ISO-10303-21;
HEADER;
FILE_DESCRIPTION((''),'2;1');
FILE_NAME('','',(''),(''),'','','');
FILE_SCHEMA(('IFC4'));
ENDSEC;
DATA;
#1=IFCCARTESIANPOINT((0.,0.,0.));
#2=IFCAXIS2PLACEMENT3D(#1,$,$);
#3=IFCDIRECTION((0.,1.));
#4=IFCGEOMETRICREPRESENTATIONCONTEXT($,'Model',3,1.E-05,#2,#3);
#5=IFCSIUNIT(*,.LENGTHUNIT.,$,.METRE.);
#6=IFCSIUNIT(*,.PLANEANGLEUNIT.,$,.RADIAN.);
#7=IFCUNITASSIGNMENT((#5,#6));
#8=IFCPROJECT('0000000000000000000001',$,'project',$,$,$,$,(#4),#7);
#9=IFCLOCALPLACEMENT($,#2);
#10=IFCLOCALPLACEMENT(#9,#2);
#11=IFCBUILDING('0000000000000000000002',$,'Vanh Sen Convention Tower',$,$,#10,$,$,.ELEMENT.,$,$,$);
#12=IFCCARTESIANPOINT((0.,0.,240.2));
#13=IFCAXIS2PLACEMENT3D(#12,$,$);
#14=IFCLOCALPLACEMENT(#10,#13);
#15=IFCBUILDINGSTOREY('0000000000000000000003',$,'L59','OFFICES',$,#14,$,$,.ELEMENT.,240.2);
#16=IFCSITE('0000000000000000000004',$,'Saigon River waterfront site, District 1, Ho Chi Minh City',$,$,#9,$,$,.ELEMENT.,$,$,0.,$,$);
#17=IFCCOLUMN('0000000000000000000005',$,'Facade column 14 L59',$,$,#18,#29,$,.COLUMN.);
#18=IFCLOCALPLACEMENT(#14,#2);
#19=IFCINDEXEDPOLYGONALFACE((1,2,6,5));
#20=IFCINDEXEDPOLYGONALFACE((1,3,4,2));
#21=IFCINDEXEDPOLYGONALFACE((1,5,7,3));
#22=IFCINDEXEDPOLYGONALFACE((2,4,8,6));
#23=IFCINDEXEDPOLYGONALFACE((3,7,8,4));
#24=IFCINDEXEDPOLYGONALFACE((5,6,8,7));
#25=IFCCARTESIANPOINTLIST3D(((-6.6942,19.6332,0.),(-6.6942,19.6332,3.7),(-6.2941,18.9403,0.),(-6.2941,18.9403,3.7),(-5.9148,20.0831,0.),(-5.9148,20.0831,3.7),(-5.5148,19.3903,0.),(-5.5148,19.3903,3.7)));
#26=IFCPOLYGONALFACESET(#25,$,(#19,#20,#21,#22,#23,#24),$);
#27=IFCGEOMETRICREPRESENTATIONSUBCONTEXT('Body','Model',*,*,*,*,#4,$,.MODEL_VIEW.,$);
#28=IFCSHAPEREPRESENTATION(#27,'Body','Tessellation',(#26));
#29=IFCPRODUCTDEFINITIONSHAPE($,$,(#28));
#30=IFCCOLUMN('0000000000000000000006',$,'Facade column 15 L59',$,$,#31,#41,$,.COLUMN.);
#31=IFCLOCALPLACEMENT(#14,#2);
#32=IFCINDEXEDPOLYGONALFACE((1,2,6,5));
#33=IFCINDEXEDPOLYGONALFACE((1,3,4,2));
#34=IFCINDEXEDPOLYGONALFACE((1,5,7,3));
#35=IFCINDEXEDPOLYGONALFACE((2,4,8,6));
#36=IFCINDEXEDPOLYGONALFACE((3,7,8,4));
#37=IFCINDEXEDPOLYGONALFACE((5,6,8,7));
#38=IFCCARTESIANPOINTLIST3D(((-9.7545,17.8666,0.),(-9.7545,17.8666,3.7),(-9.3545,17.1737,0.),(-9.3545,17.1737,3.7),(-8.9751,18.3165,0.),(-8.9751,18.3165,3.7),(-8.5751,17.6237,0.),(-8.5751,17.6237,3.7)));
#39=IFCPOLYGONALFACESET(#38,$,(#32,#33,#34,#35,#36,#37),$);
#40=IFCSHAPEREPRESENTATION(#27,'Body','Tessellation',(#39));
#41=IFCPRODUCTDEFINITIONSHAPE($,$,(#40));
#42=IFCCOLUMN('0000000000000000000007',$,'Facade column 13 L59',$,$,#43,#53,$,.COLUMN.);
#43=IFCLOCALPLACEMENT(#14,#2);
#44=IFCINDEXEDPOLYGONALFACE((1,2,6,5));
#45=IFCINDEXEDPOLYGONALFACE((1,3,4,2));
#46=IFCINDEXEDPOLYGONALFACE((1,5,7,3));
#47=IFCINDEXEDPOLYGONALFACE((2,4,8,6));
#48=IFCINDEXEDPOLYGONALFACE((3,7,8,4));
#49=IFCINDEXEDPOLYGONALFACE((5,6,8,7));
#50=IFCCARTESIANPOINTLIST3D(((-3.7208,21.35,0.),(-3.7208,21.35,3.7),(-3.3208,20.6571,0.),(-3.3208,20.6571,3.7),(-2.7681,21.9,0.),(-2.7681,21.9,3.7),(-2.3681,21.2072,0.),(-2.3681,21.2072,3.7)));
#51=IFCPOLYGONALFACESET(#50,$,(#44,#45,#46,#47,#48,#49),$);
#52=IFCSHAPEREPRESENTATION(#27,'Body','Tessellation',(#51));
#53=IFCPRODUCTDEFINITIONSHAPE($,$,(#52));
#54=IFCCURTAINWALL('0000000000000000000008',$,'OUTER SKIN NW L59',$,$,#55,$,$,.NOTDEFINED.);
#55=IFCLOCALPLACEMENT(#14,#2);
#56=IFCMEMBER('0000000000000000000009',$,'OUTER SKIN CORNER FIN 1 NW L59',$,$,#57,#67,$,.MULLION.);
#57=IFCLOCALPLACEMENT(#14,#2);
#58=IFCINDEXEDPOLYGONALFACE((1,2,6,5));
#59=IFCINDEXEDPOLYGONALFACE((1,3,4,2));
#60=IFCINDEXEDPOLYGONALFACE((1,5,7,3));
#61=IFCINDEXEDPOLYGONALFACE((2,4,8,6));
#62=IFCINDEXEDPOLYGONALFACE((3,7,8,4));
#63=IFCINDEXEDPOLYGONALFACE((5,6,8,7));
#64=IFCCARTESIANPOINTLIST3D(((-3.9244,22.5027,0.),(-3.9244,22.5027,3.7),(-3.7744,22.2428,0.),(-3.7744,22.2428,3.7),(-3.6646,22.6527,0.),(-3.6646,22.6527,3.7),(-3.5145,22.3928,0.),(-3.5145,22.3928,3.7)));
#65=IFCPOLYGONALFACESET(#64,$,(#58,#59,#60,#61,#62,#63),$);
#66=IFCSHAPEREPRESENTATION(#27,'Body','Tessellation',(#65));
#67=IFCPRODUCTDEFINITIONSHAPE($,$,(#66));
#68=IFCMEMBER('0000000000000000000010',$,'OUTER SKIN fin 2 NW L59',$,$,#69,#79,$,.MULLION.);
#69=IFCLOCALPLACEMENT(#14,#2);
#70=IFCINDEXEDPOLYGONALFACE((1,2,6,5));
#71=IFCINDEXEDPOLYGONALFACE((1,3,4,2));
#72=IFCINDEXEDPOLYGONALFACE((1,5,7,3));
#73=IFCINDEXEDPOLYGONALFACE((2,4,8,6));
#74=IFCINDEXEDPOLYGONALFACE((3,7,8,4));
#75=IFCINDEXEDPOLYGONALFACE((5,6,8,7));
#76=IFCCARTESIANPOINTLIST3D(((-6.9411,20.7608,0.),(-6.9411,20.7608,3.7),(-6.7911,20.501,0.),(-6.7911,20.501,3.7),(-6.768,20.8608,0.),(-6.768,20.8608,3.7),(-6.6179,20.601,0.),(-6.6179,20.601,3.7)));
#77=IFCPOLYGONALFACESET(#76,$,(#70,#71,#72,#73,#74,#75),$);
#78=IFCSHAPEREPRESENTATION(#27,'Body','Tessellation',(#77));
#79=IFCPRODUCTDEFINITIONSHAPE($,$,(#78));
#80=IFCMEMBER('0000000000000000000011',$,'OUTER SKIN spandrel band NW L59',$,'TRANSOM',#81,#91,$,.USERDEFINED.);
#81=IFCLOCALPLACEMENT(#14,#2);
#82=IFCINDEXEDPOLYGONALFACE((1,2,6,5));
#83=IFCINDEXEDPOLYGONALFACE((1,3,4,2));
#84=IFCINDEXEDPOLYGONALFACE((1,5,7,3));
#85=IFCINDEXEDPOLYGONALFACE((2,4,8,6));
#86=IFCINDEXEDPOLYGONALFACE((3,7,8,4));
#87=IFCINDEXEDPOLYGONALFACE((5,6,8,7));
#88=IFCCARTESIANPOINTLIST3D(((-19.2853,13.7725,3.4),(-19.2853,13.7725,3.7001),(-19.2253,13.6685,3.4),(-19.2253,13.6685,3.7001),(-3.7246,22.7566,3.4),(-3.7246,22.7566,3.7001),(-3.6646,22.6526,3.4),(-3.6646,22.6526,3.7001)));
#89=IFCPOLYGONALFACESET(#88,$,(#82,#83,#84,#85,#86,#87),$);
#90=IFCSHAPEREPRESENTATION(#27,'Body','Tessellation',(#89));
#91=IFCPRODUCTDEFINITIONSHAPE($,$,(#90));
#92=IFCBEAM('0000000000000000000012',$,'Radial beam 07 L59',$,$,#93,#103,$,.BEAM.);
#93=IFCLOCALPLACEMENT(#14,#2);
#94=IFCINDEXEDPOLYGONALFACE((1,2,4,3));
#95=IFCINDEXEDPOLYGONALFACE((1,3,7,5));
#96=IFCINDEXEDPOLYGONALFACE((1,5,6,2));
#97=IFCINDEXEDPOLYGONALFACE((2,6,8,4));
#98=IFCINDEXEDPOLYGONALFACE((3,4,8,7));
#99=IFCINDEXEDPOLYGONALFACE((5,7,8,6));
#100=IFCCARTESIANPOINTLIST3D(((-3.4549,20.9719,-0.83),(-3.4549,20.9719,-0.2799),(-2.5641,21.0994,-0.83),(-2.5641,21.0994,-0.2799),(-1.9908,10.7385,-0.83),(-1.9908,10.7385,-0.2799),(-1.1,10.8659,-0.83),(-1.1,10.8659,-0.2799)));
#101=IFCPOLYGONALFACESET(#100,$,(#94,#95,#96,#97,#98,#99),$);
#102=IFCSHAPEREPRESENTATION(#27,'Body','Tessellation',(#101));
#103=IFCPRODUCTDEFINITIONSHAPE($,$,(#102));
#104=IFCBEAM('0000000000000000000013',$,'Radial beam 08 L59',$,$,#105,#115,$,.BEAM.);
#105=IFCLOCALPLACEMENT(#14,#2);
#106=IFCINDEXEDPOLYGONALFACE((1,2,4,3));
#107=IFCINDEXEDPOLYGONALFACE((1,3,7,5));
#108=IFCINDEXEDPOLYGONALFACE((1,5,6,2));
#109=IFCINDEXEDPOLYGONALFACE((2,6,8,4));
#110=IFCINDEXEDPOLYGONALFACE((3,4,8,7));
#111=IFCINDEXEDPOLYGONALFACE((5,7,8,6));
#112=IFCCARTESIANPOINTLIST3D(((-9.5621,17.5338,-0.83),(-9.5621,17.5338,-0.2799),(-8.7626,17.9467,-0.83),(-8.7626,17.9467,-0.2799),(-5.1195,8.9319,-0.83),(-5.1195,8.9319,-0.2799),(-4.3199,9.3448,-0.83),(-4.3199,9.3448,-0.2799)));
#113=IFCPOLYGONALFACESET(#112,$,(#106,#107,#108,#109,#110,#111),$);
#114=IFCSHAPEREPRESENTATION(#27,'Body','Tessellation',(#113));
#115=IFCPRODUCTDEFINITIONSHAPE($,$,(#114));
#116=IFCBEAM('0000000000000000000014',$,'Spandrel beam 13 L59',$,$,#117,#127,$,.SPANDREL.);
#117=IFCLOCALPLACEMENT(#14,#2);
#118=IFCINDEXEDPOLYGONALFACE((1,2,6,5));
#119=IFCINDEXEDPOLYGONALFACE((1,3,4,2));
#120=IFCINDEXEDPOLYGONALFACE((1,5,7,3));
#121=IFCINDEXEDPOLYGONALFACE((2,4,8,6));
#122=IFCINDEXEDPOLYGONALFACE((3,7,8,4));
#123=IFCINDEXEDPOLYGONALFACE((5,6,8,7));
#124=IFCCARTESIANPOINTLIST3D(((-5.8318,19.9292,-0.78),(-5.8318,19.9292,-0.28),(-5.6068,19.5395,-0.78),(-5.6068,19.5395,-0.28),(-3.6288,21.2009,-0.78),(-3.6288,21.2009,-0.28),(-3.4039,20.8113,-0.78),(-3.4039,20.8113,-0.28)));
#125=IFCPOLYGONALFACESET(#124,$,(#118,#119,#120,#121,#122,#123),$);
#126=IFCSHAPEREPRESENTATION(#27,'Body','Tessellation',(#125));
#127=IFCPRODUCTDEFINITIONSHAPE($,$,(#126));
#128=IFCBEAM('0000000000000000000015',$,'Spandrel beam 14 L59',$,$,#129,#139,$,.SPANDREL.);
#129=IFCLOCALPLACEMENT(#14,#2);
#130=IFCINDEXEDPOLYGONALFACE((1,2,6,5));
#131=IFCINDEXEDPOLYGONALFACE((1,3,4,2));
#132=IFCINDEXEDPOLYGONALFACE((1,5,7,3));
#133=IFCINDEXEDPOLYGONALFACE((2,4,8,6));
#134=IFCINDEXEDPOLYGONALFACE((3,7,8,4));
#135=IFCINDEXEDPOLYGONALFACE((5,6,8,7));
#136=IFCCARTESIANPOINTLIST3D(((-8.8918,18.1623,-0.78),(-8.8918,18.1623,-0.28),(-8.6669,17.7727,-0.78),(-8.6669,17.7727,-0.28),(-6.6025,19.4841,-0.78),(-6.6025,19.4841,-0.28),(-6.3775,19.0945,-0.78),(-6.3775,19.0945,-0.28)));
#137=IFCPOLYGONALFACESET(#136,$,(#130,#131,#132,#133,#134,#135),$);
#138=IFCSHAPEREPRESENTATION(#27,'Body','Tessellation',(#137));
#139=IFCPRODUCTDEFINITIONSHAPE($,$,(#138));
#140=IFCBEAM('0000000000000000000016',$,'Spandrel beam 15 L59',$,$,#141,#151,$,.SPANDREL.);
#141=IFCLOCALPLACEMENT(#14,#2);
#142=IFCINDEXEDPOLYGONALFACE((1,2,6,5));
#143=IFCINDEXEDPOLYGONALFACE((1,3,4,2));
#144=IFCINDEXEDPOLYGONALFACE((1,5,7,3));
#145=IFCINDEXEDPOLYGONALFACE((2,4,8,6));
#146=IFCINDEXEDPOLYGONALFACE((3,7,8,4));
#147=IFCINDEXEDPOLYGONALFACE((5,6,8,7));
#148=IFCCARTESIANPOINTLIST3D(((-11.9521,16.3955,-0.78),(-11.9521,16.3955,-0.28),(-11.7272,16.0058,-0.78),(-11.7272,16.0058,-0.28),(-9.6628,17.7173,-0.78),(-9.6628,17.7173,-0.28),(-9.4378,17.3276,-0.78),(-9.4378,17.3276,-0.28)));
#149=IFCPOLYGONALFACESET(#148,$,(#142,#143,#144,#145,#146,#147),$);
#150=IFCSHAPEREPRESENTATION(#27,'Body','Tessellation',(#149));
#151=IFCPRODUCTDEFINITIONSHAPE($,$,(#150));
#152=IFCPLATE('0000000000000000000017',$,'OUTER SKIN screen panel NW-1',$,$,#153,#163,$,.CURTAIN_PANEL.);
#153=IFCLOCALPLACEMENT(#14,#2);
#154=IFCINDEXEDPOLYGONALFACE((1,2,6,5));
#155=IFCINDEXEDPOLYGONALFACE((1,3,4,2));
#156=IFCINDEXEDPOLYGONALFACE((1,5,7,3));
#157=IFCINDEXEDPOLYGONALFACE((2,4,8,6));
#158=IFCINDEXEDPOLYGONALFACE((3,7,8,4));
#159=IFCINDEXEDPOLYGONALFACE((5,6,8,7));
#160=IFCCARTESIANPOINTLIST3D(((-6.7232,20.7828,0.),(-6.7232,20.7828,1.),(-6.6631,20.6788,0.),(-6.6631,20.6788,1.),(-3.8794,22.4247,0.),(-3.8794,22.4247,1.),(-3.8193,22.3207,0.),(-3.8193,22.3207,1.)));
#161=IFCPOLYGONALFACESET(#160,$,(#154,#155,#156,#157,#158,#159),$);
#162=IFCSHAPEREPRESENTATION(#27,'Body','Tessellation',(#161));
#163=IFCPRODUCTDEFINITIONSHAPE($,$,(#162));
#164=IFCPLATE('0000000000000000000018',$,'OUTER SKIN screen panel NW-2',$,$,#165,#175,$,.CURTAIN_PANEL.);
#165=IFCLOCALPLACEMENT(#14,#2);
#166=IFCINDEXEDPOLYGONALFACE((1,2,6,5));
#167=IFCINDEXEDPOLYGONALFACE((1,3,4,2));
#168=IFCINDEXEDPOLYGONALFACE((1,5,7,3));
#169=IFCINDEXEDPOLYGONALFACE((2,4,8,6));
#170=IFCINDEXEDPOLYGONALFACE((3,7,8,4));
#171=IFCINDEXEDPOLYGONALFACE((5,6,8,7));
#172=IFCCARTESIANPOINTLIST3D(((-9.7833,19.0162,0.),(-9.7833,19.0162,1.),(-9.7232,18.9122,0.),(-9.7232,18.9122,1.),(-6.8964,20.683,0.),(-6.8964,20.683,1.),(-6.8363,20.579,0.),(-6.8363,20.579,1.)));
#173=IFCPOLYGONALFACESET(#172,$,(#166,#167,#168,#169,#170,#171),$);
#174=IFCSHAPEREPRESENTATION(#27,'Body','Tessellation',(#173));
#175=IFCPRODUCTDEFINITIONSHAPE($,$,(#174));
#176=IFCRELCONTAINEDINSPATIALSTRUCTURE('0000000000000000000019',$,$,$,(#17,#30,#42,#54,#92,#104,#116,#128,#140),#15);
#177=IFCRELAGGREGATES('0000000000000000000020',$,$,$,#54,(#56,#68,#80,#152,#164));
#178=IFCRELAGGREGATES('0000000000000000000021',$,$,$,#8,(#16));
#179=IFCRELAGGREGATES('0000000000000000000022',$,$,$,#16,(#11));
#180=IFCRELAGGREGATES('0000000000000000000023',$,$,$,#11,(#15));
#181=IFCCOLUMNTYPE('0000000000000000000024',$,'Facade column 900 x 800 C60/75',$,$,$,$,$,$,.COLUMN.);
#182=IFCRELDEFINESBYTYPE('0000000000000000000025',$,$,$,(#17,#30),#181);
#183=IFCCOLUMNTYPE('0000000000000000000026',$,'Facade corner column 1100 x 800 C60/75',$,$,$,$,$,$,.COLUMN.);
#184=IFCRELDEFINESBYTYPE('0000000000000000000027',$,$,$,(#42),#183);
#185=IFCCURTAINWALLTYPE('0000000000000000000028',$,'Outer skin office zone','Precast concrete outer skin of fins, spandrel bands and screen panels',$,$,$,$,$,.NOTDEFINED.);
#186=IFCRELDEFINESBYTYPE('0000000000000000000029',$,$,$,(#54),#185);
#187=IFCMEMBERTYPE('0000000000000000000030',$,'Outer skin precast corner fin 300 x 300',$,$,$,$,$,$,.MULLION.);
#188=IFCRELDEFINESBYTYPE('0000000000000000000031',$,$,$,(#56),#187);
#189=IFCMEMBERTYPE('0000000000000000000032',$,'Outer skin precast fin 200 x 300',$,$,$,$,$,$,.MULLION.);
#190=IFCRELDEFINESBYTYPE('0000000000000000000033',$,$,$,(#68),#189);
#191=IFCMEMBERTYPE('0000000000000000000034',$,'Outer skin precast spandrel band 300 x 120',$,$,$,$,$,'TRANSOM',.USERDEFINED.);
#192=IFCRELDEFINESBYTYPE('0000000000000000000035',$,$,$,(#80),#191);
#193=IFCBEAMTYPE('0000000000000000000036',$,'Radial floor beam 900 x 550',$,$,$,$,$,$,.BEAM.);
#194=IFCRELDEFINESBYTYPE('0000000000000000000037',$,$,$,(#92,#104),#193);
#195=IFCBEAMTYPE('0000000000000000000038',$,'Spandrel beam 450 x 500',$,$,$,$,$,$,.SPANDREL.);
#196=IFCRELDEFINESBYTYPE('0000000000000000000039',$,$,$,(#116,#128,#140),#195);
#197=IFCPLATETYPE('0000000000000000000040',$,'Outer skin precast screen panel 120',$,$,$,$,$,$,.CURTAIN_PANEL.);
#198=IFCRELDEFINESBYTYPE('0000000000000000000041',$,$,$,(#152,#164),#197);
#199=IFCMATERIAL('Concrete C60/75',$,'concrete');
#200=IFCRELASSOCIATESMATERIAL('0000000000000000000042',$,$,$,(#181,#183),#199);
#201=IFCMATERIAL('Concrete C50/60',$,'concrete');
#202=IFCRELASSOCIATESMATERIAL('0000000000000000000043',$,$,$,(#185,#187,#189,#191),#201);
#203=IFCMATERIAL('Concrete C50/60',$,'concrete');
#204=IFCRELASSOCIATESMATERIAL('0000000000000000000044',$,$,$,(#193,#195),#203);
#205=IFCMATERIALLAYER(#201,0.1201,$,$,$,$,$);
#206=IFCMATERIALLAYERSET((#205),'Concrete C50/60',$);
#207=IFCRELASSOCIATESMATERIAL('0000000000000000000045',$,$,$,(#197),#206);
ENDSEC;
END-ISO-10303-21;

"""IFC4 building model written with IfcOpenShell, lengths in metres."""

from ifc_helpers import new_model, si_unit, direction, frame, origin, origin_2d, place, context, subcontext, project, spatial, rectangle, extrude, material, layer, layer_set, material_profile, profile_set, type_object, element, aggregate, save


model = new_model("IFC4")

# Units and contexts
model_context = context("Model", 3, precision=1e-05, world=origin(), true_north=direction((0.0, 1.0)))
body_context = subcontext(model_context, "Body", "Model", "MODEL_VIEW")
ifc_project = project(units=[si_unit("LENGTHUNIT", "METRE"), si_unit("PLANEANGLEUNIT", "RADIAN")], contexts=[model_context])

# Site, building, storey
site_placement = place(None, origin())
site = spatial("IfcSite", under=ifc_project, at=site_placement, Name="Saigon River waterfront site, District 1, Ho Chi Minh City", CompositionType="ELEMENT", RefElevation=0.0)
building_placement = place(site_placement, origin())
building = spatial("IfcBuilding", under=site, at=building_placement, Name="Vanh Sen Convention Tower", CompositionType="ELEMENT")
storey_placement = place(building_placement, frame((0.0, 0.0, 240.2)))
storey = spatial("IfcBuildingStorey", under=building, at=storey_placement, Name="L59", Description="OFFICES", CompositionType="ELEMENT", Elevation=240.2)

# Columns
ifc_material_1 = material(Name="Concrete C60/75", Category="concrete")
ifc_material_profile_1 = material_profile(ifc_material_1, rectangle(XDim=0.8999, YDim=0.8, at=origin_2d()), Name="RC 900X800")
ifc_profile_set_1 = profile_set([ifc_material_profile_1], Name="Concrete C60/75")
column_type_1 = type_object("IfcColumnType", Name="Facade column 900 x 800 C60/75", PredefinedType="COLUMN", material=ifc_profile_set_1)
for number, where, z_axis, x_axis, name in (
    (1, (-6.1045, 19.5117, 0.0), (0.0, 0.0, 1.0), (-0.866025, -0.5, 0.0), "Facade column 14 L59"),
    (2, (-9.1648, 17.7451, 0.0), (0.0, 0.0, 1.0), (-0.866025, -0.5, 0.0), "Facade column 15 L59"),
):
    element("IfcColumn", number, at=place(storey_placement, frame(where, z_axis=z_axis, x_axis=x_axis)), inside=storey, type_object=column_type_1, Name=name, PredefinedType="COLUMN", context=body_context, shape_type="SweptSolid", body=[
        extrude(rectangle(XDim=0.8999, YDim=0.8, at=origin_2d()), origin(), (0.0, 0.0, 1.0), 3.7),
    ])
ifc_material_profile_2 = material_profile(ifc_material_1, rectangle(XDim=1.1001, YDim=0.8, at=origin_2d()), Name="RC 1100X800")
ifc_profile_set_2 = profile_set([ifc_material_profile_2], Name="Concrete C60/75")
column_type_2 = type_object("IfcColumnType", Name="Facade corner column 1100 x 800 C60/75", PredefinedType="COLUMN", material=ifc_profile_set_2)
column_placement = place(storey_placement, frame((-3.0444, 21.2786, 0.0), z_axis=(0.0, 0.0, 1.0), x_axis=(-0.866025, -0.5, 0.0)))
element("IfcColumn", 3, at=column_placement, inside=storey, type_object=column_type_2, Name="Facade column 13 L59", PredefinedType="COLUMN", context=body_context, shape_type="SweptSolid", body=[
    extrude(rectangle(XDim=1.1001, YDim=0.8, at=origin_2d()), origin(), (0.0, 0.0, 1.0), 3.7),
])

# Curtain wall, members
ifc_material_2 = material(Name="Concrete C50/60", Category="concrete")
curtain_wall_type = type_object("IfcCurtainWallType", Name="Outer skin office zone", Description="Precast concrete outer skin of fins, spandrel bands and screen panels", PredefinedType="NOTDEFINED", material=ifc_material_2)
curtain_wall_placement = place(storey_placement, origin())
curtain_wall = element("IfcCurtainWall", 4, at=curtain_wall_placement, inside=storey, type_object=curtain_wall_type, Name="OUTER SKIN NW L59", PredefinedType="NOTDEFINED")
ifc_material_profile_3 = material_profile(ifc_material_2, rectangle(XDim=0.3, YDim=0.3, at=origin_2d()), Name="Outer skin precast corner fin 300 x 300")
ifc_profile_set_3 = profile_set([ifc_material_profile_3], Name="Concrete C50/60")
member_type_1 = type_object("IfcMemberType", Name="Outer skin precast corner fin 300 x 300", PredefinedType="MULLION", material=ifc_profile_set_3)
member_1_placement = place(storey_placement, frame((-3.7195, 22.4478, 0.0), z_axis=(0.0, 0.0, 1.0), x_axis=(-0.866025, -0.5, 0.0)))
member_1 = element("IfcMember", 5, at=member_1_placement, type_object=member_type_1, Name="OUTER SKIN CORNER FIN 1 NW L59", PredefinedType="MULLION", context=body_context, shape_type="SweptSolid", body=[
    extrude(rectangle(XDim=0.3, YDim=0.3, at=origin_2d()), origin(), (0.0, 0.0, 1.0), 3.7),
])
ifc_material_profile_4 = material_profile(ifc_material_2, rectangle(XDim=0.2, YDim=0.3, at=origin_2d()), Name="Outer skin precast fin 200 x 300")
ifc_profile_set_4 = profile_set([ifc_material_profile_4], Name="Concrete C50/60")
member_type_2 = type_object("IfcMemberType", Name="Outer skin precast fin 200 x 300", PredefinedType="MULLION", material=ifc_profile_set_4)
member_2_placement = place(storey_placement, frame((-6.7795, 20.6809, 0.0), z_axis=(0.0, 0.0, 1.0), x_axis=(-0.866025, -0.5, 0.0)))
member_2 = element("IfcMember", 6, at=member_2_placement, type_object=member_type_2, Name="OUTER SKIN fin 2 NW L59", PredefinedType="MULLION", context=body_context, shape_type="SweptSolid", body=[
    extrude(rectangle(XDim=0.2, YDim=0.3, at=origin_2d()), origin(), (0.0, 0.0, 1.0), 3.7),
])
ifc_material_profile_5 = material_profile(ifc_material_2, rectangle(XDim=0.1201, YDim=0.3, at=origin_2d()), Name="Outer skin precast spandrel band 300 x 120")
ifc_profile_set_5 = profile_set([ifc_material_profile_5], Name="Concrete C50/60")
member_type_3 = type_object("IfcMemberType", Name="Outer skin precast spandrel band 300 x 120", ElementType="TRANSOM", PredefinedType="USERDEFINED", material=ifc_profile_set_5)
member_3_placement = place(storey_placement, frame((-3.6946, 22.7046, 3.55), z_axis=(-0.866023, -0.500004, 0.0), x_axis=(0.500004, -0.866023, 0.0)))
member_3 = element("IfcMember", 7, at=member_3_placement, type_object=member_type_3, Name="OUTER SKIN spandrel band NW L59", ObjectType="TRANSOM", PredefinedType="USERDEFINED", context=body_context, shape_type="SweptSolid", body=[
    extrude(rectangle(XDim=0.1201, YDim=0.3, at=origin_2d()), origin(), (0.0, 0.0, 1.0), 17.968),
])

# Beams
ifc_material_3 = material(Name="Concrete C50/60", Category="concrete")
ifc_material_profile_6 = material_profile(ifc_material_3, rectangle(XDim=0.8999, YDim=0.55, at=origin_2d()), Name="RC 900X550")
ifc_profile_set_6 = profile_set([ifc_material_profile_6], Name="Concrete C50/60")
beam_type_1 = type_object("IfcBeamType", Name="Radial floor beam 900 x 550", PredefinedType="BEAM", material=ifc_profile_set_6)
beam_1_placement = place(storey_placement, frame((-3.0095, 21.0356, -0.5549), z_axis=(0.14163, -0.98992, 0.0), x_axis=(0.98992, 0.14163, 0.0)))
element("IfcBeam", 8, at=beam_1_placement, inside=storey, type_object=beam_type_1, Name="Radial beam 07 L59", PredefinedType="BEAM", context=body_context, shape_type="SweptSolid", body=[
    extrude(rectangle(XDim=0.8999, YDim=0.55, at=origin_2d()), origin(), (0.0, 0.0, 1.0), 10.3376),
])
beam_2_placement = place(storey_placement, frame((-9.1624, 17.7402, -0.5549), z_axis=(0.458886, -0.888495, 0.0), x_axis=(0.888495, 0.458886, 0.0)))
element("IfcBeam", 9, at=beam_2_placement, inside=storey, type_object=beam_type_1, Name="Radial beam 08 L59", PredefinedType="BEAM", context=body_context, shape_type="SweptSolid", body=[
    extrude(rectangle(XDim=0.8999, YDim=0.55, at=origin_2d()), origin(), (0.0, 0.0, 1.0), 9.6814),
])
ifc_material_profile_7 = material_profile(ifc_material_3, rectangle(XDim=0.45, YDim=0.5, at=origin_2d()), Name="RC 450X500")
ifc_profile_set_7 = profile_set([ifc_material_profile_7], Name="Concrete C50/60")
beam_type_2 = type_object("IfcBeamType", Name="Spandrel beam 450 x 500", PredefinedType="SPANDREL", material=ifc_profile_set_7)
beam_3_placement = place(storey_placement, frame((-3.5164, 21.0061, -0.53), z_axis=(-0.866043, -0.499969, 0.0), x_axis=(0.499969, -0.866043, 0.0)))
element("IfcBeam", 10, at=beam_3_placement, inside=storey, type_object=beam_type_2, Name="Spandrel beam 13 L59", PredefinedType="SPANDREL", context=body_context, shape_type="SweptSolid", body=[
    extrude(rectangle(XDim=0.45, YDim=0.5, at=origin_2d()), origin(), (0.0, 0.0, 1.0), 2.5437),
])
for number, where, z_axis, x_axis, name in (
    (11, (-6.49, 19.2893, -0.53), (-0.866018, -0.500013, 0.0), (0.500013, -0.866018, 0.0), "Spandrel beam 14 L59"),
    (12, (-9.5503, 17.5225, -0.53), (-0.866018, -0.500013, 0.0), (0.500013, -0.866018, 0.0), "Spandrel beam 15 L59"),
):
    element("IfcBeam", number, at=place(storey_placement, frame(where, z_axis=z_axis, x_axis=x_axis)), inside=storey, type_object=beam_type_2, Name=name, PredefinedType="SPANDREL", context=body_context, shape_type="SweptSolid", body=[
        extrude(rectangle(XDim=0.45, YDim=0.5, at=origin_2d()), origin(), (0.0, 0.0, 1.0), 2.6436),
    ])

# Plates
ifc_layer_1 = layer(ifc_material_2, 0.1201)
ifc_layer_set_1 = layer_set([ifc_layer_1], Name="Concrete C50/60")
plate_type = type_object("IfcPlateType", Name="Outer skin precast screen panel 120", PredefinedType="CURTAIN_PANEL", material=ifc_layer_set_1)
plate_1_placement = place(storey_placement, frame((-5.2712, 21.5518, 0.0), z_axis=(0.0, 0.0, 1.0), x_axis=(-0.866026, -0.499998, 0.0)))
plate_1 = element("IfcPlate", 13, at=plate_1_placement, type_object=plate_type, Name="OUTER SKIN screen panel NW-1", PredefinedType="CURTAIN_PANEL", context=body_context, shape_type="SweptSolid", body=[
    extrude(rectangle(XDim=3.2837, YDim=0.1201, at=origin_2d()), origin(), (0.0, 0.0, 1.0), 1.0),
])
plate_2_placement = place(storey_placement, frame((-8.3098, 19.7976, 0.0), z_axis=(0.0, 0.0, 1.0), x_axis=(-0.866026, -0.499998, 0.0)))
plate_2 = element("IfcPlate", 14, at=plate_2_placement, type_object=plate_type, Name="OUTER SKIN screen panel NW-2", PredefinedType="CURTAIN_PANEL", context=body_context, shape_type="SweptSolid", body=[
    extrude(rectangle(XDim=3.3335, YDim=0.1201, at=origin_2d()), origin(), (0.0, 0.0, 1.0), 1.0),
])
aggregate(curtain_wall, [member_1, member_2, member_3, plate_1, plate_2])

save(model, "model.ifc")
